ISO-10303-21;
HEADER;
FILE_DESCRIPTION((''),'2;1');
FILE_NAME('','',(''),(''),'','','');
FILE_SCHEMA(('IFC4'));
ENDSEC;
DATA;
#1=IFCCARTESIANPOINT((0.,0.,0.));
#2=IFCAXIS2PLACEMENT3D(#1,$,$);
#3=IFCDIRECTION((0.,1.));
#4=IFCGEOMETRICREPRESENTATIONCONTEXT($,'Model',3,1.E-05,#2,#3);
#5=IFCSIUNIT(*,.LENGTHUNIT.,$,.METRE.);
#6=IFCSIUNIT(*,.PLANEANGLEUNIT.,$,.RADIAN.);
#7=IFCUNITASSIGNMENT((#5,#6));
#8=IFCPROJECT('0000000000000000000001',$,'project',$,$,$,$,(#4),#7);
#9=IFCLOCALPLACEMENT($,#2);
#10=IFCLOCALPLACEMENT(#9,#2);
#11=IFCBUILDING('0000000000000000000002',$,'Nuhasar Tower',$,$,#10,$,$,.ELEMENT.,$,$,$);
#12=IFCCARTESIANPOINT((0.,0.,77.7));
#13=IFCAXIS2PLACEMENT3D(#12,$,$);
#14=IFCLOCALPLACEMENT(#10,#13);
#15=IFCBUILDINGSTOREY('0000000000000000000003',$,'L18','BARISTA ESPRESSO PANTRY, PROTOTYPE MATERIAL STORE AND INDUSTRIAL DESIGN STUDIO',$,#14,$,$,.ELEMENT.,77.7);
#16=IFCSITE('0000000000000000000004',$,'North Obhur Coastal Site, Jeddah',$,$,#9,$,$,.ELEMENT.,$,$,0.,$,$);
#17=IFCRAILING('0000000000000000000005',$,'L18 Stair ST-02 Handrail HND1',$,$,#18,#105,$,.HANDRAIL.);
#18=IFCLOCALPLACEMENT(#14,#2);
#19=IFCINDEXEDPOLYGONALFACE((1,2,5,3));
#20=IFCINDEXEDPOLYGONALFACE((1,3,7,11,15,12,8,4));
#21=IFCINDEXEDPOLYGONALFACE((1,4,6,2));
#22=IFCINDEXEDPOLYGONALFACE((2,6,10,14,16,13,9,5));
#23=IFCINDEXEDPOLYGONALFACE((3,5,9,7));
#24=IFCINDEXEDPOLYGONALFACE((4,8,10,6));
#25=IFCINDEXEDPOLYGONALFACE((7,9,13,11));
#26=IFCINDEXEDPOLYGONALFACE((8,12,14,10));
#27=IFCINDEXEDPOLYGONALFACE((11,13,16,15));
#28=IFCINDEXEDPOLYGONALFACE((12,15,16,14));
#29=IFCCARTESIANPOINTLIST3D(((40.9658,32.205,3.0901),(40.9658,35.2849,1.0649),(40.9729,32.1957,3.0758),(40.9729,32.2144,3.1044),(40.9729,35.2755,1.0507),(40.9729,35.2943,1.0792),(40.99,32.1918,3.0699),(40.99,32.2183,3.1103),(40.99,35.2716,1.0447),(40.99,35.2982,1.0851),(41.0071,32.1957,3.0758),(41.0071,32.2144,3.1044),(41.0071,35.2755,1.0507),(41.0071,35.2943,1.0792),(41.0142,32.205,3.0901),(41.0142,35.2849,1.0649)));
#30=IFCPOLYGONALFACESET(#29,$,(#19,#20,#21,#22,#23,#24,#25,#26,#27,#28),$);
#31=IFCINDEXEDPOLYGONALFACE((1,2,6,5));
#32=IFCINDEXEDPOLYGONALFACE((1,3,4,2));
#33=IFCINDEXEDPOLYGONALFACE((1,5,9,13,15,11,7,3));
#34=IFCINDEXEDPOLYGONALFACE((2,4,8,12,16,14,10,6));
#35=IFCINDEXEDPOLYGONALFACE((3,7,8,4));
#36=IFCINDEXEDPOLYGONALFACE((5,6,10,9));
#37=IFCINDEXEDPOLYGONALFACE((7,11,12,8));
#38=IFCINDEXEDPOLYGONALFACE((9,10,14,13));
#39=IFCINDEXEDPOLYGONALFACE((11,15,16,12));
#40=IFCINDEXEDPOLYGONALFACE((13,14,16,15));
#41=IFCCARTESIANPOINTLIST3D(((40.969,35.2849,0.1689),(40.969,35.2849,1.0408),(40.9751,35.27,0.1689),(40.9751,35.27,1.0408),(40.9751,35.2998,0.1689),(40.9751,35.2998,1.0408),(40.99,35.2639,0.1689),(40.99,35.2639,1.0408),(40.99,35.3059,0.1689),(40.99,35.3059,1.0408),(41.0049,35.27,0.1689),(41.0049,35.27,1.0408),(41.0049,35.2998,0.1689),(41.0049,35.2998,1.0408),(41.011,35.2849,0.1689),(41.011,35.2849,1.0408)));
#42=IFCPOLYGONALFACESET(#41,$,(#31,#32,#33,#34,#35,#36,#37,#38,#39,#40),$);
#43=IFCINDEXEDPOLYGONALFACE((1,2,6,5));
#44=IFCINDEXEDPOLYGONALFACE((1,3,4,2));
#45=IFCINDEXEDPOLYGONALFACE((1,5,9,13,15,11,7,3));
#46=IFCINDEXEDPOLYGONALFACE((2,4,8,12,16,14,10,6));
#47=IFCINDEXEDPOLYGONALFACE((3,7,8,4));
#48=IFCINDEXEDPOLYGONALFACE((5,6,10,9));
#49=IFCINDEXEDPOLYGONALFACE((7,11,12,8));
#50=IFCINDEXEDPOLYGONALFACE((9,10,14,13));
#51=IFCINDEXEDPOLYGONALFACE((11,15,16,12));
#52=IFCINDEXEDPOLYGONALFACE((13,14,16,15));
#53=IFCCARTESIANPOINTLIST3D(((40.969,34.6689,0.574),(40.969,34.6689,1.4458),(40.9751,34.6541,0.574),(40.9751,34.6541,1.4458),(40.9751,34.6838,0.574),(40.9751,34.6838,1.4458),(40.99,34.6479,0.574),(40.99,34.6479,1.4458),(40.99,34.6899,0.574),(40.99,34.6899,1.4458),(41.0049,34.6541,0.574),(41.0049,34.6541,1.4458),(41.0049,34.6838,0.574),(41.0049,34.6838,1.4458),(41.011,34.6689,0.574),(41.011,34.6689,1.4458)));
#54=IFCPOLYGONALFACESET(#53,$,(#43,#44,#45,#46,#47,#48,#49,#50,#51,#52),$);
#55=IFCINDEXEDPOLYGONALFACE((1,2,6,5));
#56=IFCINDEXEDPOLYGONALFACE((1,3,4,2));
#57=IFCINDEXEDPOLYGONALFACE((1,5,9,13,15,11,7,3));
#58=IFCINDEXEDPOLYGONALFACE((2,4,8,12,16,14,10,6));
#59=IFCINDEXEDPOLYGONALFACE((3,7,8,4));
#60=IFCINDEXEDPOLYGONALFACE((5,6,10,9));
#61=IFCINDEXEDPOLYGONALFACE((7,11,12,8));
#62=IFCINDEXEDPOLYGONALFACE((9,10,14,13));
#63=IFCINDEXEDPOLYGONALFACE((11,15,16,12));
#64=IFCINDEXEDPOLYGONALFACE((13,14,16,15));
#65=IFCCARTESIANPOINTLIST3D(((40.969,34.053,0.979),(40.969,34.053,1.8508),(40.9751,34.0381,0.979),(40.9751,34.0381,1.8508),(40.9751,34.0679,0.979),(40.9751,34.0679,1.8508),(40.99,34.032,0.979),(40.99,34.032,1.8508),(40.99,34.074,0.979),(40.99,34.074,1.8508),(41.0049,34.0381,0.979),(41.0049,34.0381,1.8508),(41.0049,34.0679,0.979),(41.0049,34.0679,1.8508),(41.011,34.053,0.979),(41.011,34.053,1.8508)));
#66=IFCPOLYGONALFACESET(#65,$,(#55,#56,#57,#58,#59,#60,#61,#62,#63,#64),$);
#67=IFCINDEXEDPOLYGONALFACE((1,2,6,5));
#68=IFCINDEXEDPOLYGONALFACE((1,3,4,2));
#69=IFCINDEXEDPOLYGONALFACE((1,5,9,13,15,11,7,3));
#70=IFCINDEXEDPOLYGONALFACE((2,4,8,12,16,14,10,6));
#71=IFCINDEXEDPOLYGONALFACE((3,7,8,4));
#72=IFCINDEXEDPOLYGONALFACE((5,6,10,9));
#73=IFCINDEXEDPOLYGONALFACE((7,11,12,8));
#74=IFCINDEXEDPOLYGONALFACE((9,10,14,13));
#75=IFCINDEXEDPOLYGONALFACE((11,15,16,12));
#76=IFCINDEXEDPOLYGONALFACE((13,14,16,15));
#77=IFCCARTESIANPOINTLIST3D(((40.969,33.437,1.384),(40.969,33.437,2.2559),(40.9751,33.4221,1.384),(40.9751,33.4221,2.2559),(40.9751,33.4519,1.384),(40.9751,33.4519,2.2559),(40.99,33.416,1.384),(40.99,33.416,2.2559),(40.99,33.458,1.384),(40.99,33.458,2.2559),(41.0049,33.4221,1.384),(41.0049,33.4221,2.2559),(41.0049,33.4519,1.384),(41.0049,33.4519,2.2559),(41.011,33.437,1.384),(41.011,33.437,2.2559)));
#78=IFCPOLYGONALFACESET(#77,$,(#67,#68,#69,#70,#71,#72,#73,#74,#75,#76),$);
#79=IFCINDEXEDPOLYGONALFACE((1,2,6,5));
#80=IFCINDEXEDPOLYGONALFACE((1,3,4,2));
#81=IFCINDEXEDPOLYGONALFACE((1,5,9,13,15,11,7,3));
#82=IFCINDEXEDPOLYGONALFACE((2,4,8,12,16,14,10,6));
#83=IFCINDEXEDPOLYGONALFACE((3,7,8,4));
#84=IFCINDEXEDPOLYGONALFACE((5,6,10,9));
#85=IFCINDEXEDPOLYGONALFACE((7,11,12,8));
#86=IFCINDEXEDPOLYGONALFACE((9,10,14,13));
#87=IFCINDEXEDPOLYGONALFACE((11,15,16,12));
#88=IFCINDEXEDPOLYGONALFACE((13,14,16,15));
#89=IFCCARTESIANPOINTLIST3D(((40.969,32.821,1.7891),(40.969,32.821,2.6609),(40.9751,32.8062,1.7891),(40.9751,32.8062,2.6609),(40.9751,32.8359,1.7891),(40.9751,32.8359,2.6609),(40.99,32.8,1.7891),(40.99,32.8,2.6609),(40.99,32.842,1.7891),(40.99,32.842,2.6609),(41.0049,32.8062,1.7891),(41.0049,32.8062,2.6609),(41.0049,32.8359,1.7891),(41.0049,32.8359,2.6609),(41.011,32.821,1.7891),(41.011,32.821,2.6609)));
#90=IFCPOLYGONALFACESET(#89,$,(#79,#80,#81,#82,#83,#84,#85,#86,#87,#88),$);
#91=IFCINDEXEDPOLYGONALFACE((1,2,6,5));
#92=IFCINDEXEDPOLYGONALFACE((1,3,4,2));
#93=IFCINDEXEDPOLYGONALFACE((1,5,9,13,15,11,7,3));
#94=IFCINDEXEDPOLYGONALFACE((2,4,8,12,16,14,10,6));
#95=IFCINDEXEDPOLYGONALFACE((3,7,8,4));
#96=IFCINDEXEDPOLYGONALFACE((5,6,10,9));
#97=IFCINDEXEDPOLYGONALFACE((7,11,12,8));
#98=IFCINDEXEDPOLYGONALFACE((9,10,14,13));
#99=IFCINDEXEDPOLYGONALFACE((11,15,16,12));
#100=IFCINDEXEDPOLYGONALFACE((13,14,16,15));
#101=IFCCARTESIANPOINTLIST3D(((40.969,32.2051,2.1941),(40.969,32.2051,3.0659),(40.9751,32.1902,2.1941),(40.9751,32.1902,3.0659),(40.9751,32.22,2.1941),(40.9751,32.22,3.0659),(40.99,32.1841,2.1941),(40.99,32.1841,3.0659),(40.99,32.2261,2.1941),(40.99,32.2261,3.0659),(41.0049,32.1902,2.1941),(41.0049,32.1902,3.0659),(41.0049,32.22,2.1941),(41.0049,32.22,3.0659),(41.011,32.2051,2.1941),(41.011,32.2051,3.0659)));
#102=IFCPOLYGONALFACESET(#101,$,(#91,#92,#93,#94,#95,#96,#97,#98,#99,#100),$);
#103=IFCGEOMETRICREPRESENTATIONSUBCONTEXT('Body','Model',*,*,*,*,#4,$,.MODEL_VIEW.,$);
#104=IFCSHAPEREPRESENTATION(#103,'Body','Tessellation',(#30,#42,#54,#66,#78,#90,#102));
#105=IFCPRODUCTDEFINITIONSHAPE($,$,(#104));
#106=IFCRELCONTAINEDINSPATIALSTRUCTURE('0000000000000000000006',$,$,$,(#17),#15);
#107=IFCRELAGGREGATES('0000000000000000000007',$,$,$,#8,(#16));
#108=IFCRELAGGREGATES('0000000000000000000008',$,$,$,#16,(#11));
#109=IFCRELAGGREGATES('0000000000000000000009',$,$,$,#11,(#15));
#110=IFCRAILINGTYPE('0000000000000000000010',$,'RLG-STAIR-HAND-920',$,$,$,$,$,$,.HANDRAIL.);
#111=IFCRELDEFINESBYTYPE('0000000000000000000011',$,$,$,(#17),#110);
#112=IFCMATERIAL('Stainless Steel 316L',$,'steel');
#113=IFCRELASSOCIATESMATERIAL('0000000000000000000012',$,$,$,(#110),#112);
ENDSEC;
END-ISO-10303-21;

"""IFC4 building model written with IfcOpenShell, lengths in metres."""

from ifc_helpers import new_model, si_unit, direction, frame, origin, place, context, subcontext, project, spatial, polyline, outline, extrude, material, type_object, element, save


model = new_model("IFC4")

# Units and contexts
model_context = context("Model", 3, precision=1e-05, world=origin(), true_north=direction((0.0, 1.0)))
body_context = subcontext(model_context, "Body", "Model", "MODEL_VIEW")
ifc_project = project(units=[si_unit("LENGTHUNIT", "METRE"), si_unit("PLANEANGLEUNIT", "RADIAN")], contexts=[model_context])

# Site, building, storey
site_placement = place(None, origin())
site = spatial("IfcSite", under=ifc_project, at=site_placement, Name="North Obhur Coastal Site, Jeddah", CompositionType="ELEMENT", RefElevation=0.0)
building_placement = place(site_placement, origin())
building = spatial("IfcBuilding", under=site, at=building_placement, Name="Nuhasar Tower", CompositionType="ELEMENT")
storey_placement = place(building_placement, frame((0.0, 0.0, 77.7)))
storey = spatial("IfcBuildingStorey", under=building, at=storey_placement, Name="L18", Description="BARISTA ESPRESSO PANTRY, PROTOTYPE MATERIAL STORE AND INDUSTRIAL DESIGN STUDIO", CompositionType="ELEMENT", Elevation=77.7)

# Railing
ifc_material_1 = material(Name="Stainless Steel 316L", Category="steel")
railing_type_1 = type_object("IfcRailingType", Name="RLG-STAIR-HAND-920", PredefinedType="HANDRAIL", material=ifc_material_1)
railing_1_placement = place(storey_placement, frame((40.99, 35.2849, 0.1689)))
element("IfcRailing", 1, at=railing_1_placement, inside=storey, type_object=railing_type_1, Name="L18 Stair ST-02 Handrail HND1", PredefinedType="HANDRAIL", context=body_context, shape_type="SweptSolid", body=[
    extrude(outline(polyline([(0.0242, 0.0), (0.0171, 0.0171), (0.0, 0.0242), (-0.0171, 0.0171), (-0.0242, 0.0), (-0.0171, -0.0171), (0.0, -0.0242), (0.0171, -0.0171), (0.0242, 0.0)])), frame((0.0, 0.0, 0.896), z_axis=(0.0, -0.835549, 0.549416), x_axis=(1.0, 0.0, 0.0)), (0.0, 0.0, 1.0), 3.686),
    extrude(outline(polyline([(0.021, 0.0), (0.0149, 0.0149), (0.0, 0.021), (-0.0149, 0.0149), (-0.021, 0.0), (-0.0149, -0.0149), (0.0, -0.021), (0.0149, -0.0149), (0.021, 0.0)])), origin(), (0.0, 0.0, 1.0), 0.8718),
    extrude(outline(polyline([(0.021, 0.0), (0.0149, 0.0149), (0.0, 0.021), (-0.0149, 0.0149), (-0.021, 0.0), (-0.0149, -0.0149), (0.0, -0.021), (0.0149, -0.0149), (0.021, 0.0)])), frame((0.0, -0.616, 0.405)), (0.0, 0.0, 1.0), 0.8718),
    extrude(outline(polyline([(0.021, 0.0), (0.0149, 0.0149), (0.0, 0.021), (-0.0149, 0.0149), (-0.021, 0.0), (-0.0149, -0.0149), (0.0, -0.021), (0.0149, -0.0149), (0.021, 0.0)])), frame((0.0, -1.2319, 0.8101)), (0.0, 0.0, 1.0), 0.8718),
    extrude(outline(polyline([(0.021, 0.0), (0.0149, 0.0149), (0.0, 0.021), (-0.0149, 0.0149), (-0.021, 0.0), (-0.0149, -0.0149), (0.0, -0.021), (0.0149, -0.0149), (0.021, 0.0)])), frame((0.0, -1.8479, 1.2151)), (0.0, 0.0, 1.0), 0.8718),
    extrude(outline(polyline([(0.021, 0.0), (0.0149, 0.0149), (0.0, 0.021), (-0.0149, 0.0149), (-0.021, 0.0), (-0.0149, -0.0149), (0.0, -0.021), (0.0149, -0.0149), (0.021, 0.0)])), frame((0.0, -2.4639, 1.6201)), (0.0, 0.0, 1.0), 0.8718),
    extrude(outline(polyline([(0.021, 0.0), (0.0149, 0.0149), (0.0, 0.021), (-0.0149, 0.0149), (-0.021, 0.0), (-0.0149, -0.0149), (0.0, -0.021), (0.0149, -0.0149), (0.021, 0.0)])), frame((0.0, -3.0798, 2.0251)), (0.0, 0.0, 1.0), 0.8718),
])

save(model, "model.ifc")
